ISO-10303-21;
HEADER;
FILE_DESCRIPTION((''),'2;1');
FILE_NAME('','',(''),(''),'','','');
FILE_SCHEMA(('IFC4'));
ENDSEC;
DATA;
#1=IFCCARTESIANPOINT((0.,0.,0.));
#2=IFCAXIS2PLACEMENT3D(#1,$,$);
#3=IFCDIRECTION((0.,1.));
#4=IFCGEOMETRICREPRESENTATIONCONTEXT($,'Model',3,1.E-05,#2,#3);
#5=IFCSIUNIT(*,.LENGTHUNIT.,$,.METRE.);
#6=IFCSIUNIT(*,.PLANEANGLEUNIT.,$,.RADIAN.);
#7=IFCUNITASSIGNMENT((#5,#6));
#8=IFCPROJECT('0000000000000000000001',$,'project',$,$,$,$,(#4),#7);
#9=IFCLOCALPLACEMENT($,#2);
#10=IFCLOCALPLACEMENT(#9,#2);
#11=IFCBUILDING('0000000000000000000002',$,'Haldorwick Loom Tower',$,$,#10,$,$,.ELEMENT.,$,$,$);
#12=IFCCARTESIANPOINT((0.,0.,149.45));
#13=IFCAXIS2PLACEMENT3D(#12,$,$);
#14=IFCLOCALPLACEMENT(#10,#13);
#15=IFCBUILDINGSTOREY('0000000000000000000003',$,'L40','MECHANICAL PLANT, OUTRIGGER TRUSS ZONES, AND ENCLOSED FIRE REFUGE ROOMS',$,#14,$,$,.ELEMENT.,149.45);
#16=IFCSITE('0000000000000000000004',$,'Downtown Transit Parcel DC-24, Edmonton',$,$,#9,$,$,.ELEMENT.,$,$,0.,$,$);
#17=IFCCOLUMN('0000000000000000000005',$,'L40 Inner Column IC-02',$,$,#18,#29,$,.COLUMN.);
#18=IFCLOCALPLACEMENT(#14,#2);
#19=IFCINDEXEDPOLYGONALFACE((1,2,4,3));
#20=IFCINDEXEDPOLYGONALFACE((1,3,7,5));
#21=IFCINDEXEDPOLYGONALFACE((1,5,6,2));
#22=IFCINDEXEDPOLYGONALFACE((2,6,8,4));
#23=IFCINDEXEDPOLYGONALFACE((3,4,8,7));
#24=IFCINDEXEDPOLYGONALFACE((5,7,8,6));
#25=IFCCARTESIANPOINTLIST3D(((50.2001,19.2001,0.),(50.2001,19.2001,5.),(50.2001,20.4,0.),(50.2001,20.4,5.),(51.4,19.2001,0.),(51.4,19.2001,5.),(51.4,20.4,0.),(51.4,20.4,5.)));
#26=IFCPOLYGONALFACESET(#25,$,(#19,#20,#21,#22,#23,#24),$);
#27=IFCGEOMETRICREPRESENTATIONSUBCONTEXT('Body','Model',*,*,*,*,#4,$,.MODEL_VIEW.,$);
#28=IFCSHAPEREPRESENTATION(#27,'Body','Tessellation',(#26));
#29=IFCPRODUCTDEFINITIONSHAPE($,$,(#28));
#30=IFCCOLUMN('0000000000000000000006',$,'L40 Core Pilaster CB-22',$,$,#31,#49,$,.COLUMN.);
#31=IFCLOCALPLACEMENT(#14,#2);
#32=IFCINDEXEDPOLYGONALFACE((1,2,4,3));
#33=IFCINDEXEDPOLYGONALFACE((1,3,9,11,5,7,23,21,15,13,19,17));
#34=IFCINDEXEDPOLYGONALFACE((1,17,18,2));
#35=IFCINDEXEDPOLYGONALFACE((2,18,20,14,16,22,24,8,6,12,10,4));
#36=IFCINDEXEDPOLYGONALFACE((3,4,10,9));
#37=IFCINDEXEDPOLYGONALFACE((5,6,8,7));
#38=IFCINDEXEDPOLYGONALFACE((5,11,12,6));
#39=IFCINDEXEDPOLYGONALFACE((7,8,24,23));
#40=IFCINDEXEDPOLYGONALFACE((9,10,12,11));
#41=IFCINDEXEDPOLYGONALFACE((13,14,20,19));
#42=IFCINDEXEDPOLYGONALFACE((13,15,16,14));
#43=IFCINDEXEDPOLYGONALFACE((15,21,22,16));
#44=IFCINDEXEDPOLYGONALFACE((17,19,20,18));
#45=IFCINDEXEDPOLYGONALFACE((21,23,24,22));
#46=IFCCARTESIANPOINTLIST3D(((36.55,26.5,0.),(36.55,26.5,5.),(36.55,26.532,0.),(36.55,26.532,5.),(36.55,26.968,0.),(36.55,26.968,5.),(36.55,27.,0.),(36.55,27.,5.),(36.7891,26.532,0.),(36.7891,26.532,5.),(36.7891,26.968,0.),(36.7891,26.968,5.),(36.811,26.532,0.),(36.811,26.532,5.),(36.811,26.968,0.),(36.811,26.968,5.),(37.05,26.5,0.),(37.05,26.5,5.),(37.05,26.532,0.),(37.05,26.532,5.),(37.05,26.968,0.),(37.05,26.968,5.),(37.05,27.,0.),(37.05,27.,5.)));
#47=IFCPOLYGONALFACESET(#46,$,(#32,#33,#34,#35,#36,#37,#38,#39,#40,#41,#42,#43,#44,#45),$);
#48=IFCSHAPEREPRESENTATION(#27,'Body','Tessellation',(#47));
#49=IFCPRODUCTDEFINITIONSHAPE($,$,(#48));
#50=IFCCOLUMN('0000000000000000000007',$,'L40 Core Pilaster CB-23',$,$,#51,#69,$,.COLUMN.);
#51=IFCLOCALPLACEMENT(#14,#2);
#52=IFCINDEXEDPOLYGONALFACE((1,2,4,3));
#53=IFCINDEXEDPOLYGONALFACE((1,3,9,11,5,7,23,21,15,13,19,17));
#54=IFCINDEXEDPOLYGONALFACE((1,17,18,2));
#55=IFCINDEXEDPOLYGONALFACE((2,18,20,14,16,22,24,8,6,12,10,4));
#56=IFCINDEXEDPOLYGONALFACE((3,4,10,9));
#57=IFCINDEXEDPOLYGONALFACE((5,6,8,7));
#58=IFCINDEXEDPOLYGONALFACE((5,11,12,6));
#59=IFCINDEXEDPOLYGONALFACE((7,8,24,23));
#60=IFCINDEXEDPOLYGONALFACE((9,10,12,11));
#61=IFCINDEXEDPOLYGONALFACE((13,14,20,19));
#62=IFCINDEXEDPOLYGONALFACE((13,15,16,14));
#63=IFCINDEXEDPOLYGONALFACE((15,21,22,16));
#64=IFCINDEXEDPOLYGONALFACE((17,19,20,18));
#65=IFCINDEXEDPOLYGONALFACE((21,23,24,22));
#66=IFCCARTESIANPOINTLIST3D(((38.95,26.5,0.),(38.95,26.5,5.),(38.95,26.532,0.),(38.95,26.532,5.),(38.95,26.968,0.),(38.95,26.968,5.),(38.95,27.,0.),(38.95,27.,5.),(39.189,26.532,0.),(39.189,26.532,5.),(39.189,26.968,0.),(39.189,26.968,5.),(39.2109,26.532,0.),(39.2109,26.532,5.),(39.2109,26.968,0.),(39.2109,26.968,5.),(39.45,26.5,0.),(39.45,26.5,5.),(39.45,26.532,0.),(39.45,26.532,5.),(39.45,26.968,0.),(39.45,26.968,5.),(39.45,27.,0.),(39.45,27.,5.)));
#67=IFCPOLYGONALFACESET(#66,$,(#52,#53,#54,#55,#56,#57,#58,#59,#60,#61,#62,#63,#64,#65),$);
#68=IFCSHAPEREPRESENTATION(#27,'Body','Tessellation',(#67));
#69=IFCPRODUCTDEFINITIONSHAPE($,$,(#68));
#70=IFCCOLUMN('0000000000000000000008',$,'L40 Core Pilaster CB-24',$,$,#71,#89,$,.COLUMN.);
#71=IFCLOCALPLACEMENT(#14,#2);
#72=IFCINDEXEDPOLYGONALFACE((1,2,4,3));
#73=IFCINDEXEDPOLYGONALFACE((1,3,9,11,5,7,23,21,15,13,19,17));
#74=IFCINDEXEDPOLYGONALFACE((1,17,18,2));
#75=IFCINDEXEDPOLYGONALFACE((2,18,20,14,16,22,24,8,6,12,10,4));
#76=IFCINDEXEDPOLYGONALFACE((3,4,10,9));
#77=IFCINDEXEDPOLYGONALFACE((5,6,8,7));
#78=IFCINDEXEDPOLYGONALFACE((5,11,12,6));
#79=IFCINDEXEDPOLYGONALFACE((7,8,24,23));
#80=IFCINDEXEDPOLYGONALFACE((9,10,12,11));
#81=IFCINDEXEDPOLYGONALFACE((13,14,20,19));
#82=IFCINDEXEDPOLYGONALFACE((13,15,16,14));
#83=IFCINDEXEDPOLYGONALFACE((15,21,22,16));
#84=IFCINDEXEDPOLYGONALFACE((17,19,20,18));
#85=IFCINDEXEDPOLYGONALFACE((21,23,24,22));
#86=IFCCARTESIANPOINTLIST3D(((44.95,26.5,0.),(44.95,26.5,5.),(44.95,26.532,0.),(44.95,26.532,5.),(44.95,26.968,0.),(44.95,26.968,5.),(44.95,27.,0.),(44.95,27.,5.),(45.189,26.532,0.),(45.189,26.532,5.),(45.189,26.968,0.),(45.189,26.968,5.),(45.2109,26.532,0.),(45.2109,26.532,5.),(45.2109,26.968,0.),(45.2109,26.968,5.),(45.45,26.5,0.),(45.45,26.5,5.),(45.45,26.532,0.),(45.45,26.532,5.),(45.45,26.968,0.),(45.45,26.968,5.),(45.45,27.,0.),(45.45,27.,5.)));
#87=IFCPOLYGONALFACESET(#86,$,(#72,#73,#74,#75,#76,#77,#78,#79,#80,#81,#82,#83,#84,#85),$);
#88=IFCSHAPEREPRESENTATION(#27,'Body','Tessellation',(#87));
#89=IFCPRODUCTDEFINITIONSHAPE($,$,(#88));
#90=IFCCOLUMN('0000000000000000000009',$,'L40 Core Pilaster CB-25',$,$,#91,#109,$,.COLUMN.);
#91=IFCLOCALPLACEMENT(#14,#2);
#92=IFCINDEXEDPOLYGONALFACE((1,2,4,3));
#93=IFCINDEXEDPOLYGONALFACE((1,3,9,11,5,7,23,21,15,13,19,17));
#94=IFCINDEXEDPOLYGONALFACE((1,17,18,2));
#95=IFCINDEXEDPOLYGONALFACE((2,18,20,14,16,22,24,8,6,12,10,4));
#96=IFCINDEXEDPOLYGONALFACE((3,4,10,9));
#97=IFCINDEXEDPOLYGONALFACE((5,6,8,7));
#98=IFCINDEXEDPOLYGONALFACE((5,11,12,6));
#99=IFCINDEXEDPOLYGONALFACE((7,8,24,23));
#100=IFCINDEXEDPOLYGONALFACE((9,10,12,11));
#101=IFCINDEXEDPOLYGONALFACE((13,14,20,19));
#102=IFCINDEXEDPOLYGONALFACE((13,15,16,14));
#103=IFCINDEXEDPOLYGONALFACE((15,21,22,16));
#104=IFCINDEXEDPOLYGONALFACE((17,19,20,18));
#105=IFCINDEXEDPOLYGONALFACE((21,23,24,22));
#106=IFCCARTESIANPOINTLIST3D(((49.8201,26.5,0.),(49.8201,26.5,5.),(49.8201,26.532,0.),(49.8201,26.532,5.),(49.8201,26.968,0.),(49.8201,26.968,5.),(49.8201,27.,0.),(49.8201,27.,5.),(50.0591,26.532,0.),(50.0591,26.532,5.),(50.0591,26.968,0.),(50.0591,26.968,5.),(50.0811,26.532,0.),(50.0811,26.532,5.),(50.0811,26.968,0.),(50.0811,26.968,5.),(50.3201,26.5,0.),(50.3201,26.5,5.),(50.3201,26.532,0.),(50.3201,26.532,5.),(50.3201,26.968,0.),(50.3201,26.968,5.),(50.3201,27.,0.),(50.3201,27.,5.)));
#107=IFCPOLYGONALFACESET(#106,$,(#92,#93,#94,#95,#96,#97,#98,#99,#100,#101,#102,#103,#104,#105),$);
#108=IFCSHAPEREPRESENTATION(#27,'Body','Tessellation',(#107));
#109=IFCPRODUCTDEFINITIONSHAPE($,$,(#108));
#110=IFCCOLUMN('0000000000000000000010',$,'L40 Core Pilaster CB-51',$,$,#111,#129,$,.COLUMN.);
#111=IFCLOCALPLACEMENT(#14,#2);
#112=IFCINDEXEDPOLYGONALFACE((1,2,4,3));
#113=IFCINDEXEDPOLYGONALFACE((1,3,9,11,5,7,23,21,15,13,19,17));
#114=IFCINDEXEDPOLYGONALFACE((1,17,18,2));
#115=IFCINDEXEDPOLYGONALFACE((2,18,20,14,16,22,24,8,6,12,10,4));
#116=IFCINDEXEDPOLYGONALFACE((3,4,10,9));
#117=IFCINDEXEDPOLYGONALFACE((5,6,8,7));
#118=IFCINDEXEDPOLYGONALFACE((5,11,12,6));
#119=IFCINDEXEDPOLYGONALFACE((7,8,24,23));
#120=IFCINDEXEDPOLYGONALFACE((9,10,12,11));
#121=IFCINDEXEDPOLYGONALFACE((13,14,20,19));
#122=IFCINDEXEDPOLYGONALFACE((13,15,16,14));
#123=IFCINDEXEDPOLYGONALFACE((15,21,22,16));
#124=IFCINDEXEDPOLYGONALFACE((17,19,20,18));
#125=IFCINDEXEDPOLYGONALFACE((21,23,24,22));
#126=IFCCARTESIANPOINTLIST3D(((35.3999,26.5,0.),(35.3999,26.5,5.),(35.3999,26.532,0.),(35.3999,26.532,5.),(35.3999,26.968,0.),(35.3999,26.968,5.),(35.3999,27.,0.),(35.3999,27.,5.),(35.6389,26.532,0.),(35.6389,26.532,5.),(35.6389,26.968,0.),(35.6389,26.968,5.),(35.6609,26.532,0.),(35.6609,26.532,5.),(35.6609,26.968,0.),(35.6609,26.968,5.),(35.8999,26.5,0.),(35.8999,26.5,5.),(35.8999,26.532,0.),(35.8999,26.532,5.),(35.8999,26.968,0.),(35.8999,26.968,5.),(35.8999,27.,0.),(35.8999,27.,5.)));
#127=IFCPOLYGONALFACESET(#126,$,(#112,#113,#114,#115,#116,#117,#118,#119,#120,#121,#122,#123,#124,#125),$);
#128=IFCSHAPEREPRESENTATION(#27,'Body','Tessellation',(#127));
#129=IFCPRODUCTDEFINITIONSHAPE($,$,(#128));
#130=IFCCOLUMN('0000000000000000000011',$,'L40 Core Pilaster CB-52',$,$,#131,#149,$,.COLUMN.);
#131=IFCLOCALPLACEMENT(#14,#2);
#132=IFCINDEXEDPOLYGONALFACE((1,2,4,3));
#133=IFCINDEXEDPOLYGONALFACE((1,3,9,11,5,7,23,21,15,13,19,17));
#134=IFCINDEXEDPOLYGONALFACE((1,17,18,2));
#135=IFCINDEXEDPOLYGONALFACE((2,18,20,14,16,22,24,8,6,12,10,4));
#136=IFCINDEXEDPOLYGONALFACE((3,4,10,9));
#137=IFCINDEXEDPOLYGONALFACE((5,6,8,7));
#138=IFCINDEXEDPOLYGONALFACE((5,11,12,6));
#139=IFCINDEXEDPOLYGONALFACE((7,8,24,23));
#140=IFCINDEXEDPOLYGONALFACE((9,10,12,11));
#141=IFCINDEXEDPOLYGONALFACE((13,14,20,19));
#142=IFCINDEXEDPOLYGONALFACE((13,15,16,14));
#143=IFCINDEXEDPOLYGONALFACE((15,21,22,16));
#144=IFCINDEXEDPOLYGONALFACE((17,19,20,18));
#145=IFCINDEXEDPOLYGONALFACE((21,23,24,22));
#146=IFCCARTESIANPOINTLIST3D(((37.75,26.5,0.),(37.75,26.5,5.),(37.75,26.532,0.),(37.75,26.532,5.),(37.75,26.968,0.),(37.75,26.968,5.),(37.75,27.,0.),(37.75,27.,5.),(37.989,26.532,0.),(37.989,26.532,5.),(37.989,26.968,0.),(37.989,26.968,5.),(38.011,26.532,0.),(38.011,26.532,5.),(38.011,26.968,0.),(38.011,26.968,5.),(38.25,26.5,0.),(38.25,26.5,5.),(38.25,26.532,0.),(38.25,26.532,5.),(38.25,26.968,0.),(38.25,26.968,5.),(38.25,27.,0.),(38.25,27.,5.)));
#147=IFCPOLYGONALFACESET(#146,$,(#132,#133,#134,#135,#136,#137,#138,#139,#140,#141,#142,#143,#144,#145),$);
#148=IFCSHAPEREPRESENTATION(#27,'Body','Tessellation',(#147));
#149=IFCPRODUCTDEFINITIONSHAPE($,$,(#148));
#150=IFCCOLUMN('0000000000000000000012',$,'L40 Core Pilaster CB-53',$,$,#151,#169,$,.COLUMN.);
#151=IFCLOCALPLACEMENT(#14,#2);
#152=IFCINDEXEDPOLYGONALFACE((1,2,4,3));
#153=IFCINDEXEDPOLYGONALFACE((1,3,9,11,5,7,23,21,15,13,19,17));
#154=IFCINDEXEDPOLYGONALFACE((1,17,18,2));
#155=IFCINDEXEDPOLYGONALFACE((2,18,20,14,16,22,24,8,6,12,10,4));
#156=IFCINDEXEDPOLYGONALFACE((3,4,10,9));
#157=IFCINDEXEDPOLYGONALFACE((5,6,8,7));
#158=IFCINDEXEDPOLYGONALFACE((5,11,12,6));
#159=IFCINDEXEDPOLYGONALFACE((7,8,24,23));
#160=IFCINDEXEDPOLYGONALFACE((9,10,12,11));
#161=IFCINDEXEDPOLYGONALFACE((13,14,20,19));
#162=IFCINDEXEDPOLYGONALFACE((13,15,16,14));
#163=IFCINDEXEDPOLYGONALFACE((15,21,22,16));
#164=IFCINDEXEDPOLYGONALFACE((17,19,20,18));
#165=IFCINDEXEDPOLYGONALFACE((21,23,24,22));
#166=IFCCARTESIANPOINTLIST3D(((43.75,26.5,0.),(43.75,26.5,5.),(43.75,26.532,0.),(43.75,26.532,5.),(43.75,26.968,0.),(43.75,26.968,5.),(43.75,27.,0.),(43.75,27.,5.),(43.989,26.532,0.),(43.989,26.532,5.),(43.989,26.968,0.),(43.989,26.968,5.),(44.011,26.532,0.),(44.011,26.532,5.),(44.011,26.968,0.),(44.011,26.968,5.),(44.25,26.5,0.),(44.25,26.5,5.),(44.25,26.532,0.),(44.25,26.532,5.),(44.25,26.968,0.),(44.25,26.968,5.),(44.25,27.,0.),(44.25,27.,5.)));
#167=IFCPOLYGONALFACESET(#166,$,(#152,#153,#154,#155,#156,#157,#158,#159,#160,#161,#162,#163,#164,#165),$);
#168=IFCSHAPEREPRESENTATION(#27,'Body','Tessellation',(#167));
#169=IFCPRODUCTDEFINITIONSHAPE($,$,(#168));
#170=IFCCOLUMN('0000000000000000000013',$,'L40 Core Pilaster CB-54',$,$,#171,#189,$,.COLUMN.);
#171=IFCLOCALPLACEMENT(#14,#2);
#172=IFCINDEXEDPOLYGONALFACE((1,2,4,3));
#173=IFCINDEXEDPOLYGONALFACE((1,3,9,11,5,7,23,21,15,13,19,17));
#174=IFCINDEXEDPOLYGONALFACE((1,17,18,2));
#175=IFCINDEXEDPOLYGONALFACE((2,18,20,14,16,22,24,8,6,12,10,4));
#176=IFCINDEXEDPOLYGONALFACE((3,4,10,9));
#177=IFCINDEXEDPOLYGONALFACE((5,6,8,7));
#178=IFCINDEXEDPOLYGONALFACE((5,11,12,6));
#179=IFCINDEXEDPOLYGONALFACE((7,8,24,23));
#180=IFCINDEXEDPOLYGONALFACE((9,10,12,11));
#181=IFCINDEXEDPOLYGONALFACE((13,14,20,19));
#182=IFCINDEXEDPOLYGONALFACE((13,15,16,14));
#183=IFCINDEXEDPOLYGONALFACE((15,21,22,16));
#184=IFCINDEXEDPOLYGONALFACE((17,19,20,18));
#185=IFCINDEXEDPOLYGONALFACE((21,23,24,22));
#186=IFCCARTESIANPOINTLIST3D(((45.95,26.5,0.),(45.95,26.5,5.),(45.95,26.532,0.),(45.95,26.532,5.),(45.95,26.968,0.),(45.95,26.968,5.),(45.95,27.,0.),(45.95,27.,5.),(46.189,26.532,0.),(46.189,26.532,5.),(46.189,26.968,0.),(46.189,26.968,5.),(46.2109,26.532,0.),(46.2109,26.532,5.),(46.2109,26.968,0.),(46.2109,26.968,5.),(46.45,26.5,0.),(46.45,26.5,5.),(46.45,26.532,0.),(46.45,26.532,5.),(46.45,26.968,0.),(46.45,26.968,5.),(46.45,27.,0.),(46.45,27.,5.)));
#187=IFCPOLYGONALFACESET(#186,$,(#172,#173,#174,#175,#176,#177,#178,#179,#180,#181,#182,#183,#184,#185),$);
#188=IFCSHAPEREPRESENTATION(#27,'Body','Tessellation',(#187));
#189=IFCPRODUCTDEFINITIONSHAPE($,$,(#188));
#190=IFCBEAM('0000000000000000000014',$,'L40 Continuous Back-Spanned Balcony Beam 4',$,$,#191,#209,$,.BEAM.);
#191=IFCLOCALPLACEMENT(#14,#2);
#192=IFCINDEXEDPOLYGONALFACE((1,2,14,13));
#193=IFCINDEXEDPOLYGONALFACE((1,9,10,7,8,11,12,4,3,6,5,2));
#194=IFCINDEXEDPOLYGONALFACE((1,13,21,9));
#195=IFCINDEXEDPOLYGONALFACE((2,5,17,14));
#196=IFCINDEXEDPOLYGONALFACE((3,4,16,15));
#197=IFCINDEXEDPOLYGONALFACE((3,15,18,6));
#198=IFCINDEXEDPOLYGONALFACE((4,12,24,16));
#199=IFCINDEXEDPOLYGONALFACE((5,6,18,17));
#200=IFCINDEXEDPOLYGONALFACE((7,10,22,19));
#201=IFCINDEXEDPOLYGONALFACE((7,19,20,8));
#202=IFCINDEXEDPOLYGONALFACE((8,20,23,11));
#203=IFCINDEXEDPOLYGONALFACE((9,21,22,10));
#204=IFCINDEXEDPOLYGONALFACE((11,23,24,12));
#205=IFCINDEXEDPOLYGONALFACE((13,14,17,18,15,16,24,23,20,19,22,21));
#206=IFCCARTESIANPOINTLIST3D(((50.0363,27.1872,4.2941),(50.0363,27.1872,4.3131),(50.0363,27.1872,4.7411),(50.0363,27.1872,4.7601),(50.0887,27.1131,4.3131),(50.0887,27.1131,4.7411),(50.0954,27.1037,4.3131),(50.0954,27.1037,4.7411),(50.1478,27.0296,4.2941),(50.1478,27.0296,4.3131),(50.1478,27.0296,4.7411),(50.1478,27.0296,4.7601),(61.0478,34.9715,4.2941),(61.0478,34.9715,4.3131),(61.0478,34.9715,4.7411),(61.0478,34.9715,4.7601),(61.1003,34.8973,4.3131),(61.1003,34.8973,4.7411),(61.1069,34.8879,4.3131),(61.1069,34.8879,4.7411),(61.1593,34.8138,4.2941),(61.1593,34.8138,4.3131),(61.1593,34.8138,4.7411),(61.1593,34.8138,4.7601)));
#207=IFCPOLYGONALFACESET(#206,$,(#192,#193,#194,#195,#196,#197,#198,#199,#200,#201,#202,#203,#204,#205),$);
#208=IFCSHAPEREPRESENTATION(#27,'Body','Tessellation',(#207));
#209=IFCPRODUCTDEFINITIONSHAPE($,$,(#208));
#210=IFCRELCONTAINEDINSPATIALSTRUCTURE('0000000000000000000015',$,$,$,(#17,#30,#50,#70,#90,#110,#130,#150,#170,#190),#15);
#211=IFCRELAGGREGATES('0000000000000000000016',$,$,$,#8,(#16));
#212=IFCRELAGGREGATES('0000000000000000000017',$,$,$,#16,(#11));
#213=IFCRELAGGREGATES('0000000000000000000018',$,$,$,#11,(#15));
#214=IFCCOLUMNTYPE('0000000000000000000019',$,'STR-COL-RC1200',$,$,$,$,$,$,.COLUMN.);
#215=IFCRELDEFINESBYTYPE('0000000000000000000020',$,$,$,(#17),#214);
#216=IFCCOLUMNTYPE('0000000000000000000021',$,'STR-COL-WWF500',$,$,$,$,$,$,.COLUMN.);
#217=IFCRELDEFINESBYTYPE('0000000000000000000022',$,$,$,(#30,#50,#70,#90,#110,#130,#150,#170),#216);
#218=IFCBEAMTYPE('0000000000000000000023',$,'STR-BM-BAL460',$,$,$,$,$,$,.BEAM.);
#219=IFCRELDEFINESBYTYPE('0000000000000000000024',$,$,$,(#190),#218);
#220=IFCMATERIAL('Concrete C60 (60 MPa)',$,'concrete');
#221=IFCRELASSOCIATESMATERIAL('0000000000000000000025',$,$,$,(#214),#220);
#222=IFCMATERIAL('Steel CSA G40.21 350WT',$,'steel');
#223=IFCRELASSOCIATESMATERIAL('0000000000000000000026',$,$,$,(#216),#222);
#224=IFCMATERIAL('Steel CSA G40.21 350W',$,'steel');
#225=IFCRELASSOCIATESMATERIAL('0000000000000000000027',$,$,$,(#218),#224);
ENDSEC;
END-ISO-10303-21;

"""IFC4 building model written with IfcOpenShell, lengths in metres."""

from ifc_helpers import new_model, si_unit, direction, frame, origin, origin_2d, place, context, subcontext, project, spatial, rectangle, i_section, extrude, material, material_profile, profile_set, type_object, element, save


model = new_model("IFC4")

# Units and contexts
model_context = context("Model", 3, precision=1e-05, world=origin(), true_north=direction((0.0, 1.0)))
body_context = subcontext(model_context, "Body", "Model", "MODEL_VIEW")
ifc_project = project(units=[si_unit("LENGTHUNIT", "METRE"), si_unit("PLANEANGLEUNIT", "RADIAN")], contexts=[model_context])

# Site, building, storey
site_placement = place(None, origin())
site = spatial("IfcSite", under=ifc_project, at=site_placement, Name="Downtown Transit Parcel DC-24, Edmonton", CompositionType="ELEMENT", RefElevation=0.0)
building_placement = place(site_placement, origin())
building = spatial("IfcBuilding", under=site, at=building_placement, Name="Haldorwick Loom Tower", CompositionType="ELEMENT")
storey_placement = place(building_placement, frame((0.0, 0.0, 149.45)))
storey = spatial("IfcBuildingStorey", under=building, at=storey_placement, Name="L40", Description="MECHANICAL PLANT, OUTRIGGER TRUSS ZONES, AND ENCLOSED FIRE REFUGE ROOMS", CompositionType="ELEMENT", Elevation=149.45)

# Columns
ifc_material_1 = material(Name="Concrete C60 (60 MPa)", Category="concrete")
ifc_material_profile_1 = material_profile(ifc_material_1, rectangle(XDim=1.2, YDim=1.2, at=origin_2d()), Name="RC1200X1200", Category="concrete")
ifc_profile_set_1 = profile_set([ifc_material_profile_1], Name="Concrete C60 (60 MPa)")
column_type_1 = type_object("IfcColumnType", Name="STR-COL-RC1200", PredefinedType="COLUMN", material=ifc_profile_set_1)
column_placement = place(storey_placement, frame((50.8, 19.8, 0.0), z_axis=(0.0, 0.0, 1.0), x_axis=(1.0, 0.0, 0.0)))
element("IfcColumn", 1, at=column_placement, inside=storey, type_object=column_type_1, Name="L40 Inner Column IC-02", PredefinedType="COLUMN", context=body_context, shape_type="SweptSolid", body=[
    extrude(rectangle(XDim=1.2, YDim=1.2, at=origin_2d()), origin(), (0.0, 0.0, 1.0), 5.0),
])
ifc_material_2 = material(Name="Steel CSA G40.21 350WT", Category="steel")
ifc_material_profile_2 = material_profile(ifc_material_2, i_section(OverallWidth=0.5, OverallDepth=0.5, WebThickness=0.022, FlangeThickness=0.032, at=origin_2d()), Name="WWF500X500", Category="steel")
ifc_profile_set_2 = profile_set([ifc_material_profile_2], Name="Steel CSA G40.21 350WT")
column_type_2 = type_object("IfcColumnType", Name="STR-COL-WWF500", PredefinedType="COLUMN", material=ifc_profile_set_2)
for number, where, z_axis, x_axis, name in (
    (2, (36.8, 26.75, 0.0), (0.0, 0.0, 1.0), (1.0, 0.0, 0.0), "L40 Core Pilaster CB-22"),
    (3, (39.2, 26.75, 0.0), (0.0, 0.0, 1.0), (1.0, 0.0, 0.0), "L40 Core Pilaster CB-23"),
    (4, (45.2, 26.75, 0.0), (0.0, 0.0, 1.0), (1.0, 0.0, 0.0), "L40 Core Pilaster CB-24"),
    (5, (50.0701, 26.75, 0.0), (0.0, 0.0, 1.0), (1.0, 0.0, 0.0), "L40 Core Pilaster CB-25"),
    (6, (35.6499, 26.75, 0.0), (0.0, 0.0, 1.0), (1.0, 0.0, 0.0), "L40 Core Pilaster CB-51"),
    (7, (38.0, 26.75, 0.0), (0.0, 0.0, 1.0), (1.0, 0.0, 0.0), "L40 Core Pilaster CB-52"),
    (8, (44.0, 26.75, 0.0), (0.0, 0.0, 1.0), (1.0, 0.0, 0.0), "L40 Core Pilaster CB-53"),
    (9, (46.2, 26.75, 0.0), (0.0, 0.0, 1.0), (1.0, 0.0, 0.0), "L40 Core Pilaster CB-54"),
):
    element("IfcColumn", number, at=place(storey_placement, frame(where, z_axis=z_axis, x_axis=x_axis)), inside=storey, type_object=column_type_2, Name=name, PredefinedType="COLUMN", context=body_context, shape_type="SweptSolid", body=[
        extrude(i_section(OverallWidth=0.5, OverallDepth=0.5, WebThickness=0.022, FlangeThickness=0.032, at=origin_2d()), origin(), (0.0, 0.0, 1.0), 5.0),
    ])

# Beam
ifc_material_3 = material(Name="Steel CSA G40.21 350W", Category="steel")
ifc_material_profile_3 = material_profile(ifc_material_3, i_section(OverallWidth=0.1931, OverallDepth=0.4661, WebThickness=0.0115, FlangeThickness=0.019, at=origin_2d()), Name="W460X97", Category="steel")
ifc_profile_set_3 = profile_set([ifc_material_profile_3], Name="Steel CSA G40.21 350W")
beam_type_1 = type_object("IfcBeamType", Name="STR-BM-BAL460", PredefinedType="BEAM", material=ifc_profile_set_3)
beam_1_placement = place(storey_placement, frame((50.092, 27.1084, 4.5271), z_axis=(0.81657, 0.577246, 0.0), x_axis=(-0.577246, 0.81657, 0.0)))
element("IfcBeam", 10, at=beam_1_placement, inside=storey, type_object=beam_type_1, Name="L40 Continuous Back-Spanned Balcony Beam 4", PredefinedType="BEAM", context=body_context, shape_type="SweptSolid", body=[
    extrude(i_section(OverallWidth=0.1931, OverallDepth=0.4661, WebThickness=0.0115, FlangeThickness=0.019, at=origin_2d()), origin(), (0.0, 0.0, 1.0), 13.4851),
])

save(model, "model.ifc")
